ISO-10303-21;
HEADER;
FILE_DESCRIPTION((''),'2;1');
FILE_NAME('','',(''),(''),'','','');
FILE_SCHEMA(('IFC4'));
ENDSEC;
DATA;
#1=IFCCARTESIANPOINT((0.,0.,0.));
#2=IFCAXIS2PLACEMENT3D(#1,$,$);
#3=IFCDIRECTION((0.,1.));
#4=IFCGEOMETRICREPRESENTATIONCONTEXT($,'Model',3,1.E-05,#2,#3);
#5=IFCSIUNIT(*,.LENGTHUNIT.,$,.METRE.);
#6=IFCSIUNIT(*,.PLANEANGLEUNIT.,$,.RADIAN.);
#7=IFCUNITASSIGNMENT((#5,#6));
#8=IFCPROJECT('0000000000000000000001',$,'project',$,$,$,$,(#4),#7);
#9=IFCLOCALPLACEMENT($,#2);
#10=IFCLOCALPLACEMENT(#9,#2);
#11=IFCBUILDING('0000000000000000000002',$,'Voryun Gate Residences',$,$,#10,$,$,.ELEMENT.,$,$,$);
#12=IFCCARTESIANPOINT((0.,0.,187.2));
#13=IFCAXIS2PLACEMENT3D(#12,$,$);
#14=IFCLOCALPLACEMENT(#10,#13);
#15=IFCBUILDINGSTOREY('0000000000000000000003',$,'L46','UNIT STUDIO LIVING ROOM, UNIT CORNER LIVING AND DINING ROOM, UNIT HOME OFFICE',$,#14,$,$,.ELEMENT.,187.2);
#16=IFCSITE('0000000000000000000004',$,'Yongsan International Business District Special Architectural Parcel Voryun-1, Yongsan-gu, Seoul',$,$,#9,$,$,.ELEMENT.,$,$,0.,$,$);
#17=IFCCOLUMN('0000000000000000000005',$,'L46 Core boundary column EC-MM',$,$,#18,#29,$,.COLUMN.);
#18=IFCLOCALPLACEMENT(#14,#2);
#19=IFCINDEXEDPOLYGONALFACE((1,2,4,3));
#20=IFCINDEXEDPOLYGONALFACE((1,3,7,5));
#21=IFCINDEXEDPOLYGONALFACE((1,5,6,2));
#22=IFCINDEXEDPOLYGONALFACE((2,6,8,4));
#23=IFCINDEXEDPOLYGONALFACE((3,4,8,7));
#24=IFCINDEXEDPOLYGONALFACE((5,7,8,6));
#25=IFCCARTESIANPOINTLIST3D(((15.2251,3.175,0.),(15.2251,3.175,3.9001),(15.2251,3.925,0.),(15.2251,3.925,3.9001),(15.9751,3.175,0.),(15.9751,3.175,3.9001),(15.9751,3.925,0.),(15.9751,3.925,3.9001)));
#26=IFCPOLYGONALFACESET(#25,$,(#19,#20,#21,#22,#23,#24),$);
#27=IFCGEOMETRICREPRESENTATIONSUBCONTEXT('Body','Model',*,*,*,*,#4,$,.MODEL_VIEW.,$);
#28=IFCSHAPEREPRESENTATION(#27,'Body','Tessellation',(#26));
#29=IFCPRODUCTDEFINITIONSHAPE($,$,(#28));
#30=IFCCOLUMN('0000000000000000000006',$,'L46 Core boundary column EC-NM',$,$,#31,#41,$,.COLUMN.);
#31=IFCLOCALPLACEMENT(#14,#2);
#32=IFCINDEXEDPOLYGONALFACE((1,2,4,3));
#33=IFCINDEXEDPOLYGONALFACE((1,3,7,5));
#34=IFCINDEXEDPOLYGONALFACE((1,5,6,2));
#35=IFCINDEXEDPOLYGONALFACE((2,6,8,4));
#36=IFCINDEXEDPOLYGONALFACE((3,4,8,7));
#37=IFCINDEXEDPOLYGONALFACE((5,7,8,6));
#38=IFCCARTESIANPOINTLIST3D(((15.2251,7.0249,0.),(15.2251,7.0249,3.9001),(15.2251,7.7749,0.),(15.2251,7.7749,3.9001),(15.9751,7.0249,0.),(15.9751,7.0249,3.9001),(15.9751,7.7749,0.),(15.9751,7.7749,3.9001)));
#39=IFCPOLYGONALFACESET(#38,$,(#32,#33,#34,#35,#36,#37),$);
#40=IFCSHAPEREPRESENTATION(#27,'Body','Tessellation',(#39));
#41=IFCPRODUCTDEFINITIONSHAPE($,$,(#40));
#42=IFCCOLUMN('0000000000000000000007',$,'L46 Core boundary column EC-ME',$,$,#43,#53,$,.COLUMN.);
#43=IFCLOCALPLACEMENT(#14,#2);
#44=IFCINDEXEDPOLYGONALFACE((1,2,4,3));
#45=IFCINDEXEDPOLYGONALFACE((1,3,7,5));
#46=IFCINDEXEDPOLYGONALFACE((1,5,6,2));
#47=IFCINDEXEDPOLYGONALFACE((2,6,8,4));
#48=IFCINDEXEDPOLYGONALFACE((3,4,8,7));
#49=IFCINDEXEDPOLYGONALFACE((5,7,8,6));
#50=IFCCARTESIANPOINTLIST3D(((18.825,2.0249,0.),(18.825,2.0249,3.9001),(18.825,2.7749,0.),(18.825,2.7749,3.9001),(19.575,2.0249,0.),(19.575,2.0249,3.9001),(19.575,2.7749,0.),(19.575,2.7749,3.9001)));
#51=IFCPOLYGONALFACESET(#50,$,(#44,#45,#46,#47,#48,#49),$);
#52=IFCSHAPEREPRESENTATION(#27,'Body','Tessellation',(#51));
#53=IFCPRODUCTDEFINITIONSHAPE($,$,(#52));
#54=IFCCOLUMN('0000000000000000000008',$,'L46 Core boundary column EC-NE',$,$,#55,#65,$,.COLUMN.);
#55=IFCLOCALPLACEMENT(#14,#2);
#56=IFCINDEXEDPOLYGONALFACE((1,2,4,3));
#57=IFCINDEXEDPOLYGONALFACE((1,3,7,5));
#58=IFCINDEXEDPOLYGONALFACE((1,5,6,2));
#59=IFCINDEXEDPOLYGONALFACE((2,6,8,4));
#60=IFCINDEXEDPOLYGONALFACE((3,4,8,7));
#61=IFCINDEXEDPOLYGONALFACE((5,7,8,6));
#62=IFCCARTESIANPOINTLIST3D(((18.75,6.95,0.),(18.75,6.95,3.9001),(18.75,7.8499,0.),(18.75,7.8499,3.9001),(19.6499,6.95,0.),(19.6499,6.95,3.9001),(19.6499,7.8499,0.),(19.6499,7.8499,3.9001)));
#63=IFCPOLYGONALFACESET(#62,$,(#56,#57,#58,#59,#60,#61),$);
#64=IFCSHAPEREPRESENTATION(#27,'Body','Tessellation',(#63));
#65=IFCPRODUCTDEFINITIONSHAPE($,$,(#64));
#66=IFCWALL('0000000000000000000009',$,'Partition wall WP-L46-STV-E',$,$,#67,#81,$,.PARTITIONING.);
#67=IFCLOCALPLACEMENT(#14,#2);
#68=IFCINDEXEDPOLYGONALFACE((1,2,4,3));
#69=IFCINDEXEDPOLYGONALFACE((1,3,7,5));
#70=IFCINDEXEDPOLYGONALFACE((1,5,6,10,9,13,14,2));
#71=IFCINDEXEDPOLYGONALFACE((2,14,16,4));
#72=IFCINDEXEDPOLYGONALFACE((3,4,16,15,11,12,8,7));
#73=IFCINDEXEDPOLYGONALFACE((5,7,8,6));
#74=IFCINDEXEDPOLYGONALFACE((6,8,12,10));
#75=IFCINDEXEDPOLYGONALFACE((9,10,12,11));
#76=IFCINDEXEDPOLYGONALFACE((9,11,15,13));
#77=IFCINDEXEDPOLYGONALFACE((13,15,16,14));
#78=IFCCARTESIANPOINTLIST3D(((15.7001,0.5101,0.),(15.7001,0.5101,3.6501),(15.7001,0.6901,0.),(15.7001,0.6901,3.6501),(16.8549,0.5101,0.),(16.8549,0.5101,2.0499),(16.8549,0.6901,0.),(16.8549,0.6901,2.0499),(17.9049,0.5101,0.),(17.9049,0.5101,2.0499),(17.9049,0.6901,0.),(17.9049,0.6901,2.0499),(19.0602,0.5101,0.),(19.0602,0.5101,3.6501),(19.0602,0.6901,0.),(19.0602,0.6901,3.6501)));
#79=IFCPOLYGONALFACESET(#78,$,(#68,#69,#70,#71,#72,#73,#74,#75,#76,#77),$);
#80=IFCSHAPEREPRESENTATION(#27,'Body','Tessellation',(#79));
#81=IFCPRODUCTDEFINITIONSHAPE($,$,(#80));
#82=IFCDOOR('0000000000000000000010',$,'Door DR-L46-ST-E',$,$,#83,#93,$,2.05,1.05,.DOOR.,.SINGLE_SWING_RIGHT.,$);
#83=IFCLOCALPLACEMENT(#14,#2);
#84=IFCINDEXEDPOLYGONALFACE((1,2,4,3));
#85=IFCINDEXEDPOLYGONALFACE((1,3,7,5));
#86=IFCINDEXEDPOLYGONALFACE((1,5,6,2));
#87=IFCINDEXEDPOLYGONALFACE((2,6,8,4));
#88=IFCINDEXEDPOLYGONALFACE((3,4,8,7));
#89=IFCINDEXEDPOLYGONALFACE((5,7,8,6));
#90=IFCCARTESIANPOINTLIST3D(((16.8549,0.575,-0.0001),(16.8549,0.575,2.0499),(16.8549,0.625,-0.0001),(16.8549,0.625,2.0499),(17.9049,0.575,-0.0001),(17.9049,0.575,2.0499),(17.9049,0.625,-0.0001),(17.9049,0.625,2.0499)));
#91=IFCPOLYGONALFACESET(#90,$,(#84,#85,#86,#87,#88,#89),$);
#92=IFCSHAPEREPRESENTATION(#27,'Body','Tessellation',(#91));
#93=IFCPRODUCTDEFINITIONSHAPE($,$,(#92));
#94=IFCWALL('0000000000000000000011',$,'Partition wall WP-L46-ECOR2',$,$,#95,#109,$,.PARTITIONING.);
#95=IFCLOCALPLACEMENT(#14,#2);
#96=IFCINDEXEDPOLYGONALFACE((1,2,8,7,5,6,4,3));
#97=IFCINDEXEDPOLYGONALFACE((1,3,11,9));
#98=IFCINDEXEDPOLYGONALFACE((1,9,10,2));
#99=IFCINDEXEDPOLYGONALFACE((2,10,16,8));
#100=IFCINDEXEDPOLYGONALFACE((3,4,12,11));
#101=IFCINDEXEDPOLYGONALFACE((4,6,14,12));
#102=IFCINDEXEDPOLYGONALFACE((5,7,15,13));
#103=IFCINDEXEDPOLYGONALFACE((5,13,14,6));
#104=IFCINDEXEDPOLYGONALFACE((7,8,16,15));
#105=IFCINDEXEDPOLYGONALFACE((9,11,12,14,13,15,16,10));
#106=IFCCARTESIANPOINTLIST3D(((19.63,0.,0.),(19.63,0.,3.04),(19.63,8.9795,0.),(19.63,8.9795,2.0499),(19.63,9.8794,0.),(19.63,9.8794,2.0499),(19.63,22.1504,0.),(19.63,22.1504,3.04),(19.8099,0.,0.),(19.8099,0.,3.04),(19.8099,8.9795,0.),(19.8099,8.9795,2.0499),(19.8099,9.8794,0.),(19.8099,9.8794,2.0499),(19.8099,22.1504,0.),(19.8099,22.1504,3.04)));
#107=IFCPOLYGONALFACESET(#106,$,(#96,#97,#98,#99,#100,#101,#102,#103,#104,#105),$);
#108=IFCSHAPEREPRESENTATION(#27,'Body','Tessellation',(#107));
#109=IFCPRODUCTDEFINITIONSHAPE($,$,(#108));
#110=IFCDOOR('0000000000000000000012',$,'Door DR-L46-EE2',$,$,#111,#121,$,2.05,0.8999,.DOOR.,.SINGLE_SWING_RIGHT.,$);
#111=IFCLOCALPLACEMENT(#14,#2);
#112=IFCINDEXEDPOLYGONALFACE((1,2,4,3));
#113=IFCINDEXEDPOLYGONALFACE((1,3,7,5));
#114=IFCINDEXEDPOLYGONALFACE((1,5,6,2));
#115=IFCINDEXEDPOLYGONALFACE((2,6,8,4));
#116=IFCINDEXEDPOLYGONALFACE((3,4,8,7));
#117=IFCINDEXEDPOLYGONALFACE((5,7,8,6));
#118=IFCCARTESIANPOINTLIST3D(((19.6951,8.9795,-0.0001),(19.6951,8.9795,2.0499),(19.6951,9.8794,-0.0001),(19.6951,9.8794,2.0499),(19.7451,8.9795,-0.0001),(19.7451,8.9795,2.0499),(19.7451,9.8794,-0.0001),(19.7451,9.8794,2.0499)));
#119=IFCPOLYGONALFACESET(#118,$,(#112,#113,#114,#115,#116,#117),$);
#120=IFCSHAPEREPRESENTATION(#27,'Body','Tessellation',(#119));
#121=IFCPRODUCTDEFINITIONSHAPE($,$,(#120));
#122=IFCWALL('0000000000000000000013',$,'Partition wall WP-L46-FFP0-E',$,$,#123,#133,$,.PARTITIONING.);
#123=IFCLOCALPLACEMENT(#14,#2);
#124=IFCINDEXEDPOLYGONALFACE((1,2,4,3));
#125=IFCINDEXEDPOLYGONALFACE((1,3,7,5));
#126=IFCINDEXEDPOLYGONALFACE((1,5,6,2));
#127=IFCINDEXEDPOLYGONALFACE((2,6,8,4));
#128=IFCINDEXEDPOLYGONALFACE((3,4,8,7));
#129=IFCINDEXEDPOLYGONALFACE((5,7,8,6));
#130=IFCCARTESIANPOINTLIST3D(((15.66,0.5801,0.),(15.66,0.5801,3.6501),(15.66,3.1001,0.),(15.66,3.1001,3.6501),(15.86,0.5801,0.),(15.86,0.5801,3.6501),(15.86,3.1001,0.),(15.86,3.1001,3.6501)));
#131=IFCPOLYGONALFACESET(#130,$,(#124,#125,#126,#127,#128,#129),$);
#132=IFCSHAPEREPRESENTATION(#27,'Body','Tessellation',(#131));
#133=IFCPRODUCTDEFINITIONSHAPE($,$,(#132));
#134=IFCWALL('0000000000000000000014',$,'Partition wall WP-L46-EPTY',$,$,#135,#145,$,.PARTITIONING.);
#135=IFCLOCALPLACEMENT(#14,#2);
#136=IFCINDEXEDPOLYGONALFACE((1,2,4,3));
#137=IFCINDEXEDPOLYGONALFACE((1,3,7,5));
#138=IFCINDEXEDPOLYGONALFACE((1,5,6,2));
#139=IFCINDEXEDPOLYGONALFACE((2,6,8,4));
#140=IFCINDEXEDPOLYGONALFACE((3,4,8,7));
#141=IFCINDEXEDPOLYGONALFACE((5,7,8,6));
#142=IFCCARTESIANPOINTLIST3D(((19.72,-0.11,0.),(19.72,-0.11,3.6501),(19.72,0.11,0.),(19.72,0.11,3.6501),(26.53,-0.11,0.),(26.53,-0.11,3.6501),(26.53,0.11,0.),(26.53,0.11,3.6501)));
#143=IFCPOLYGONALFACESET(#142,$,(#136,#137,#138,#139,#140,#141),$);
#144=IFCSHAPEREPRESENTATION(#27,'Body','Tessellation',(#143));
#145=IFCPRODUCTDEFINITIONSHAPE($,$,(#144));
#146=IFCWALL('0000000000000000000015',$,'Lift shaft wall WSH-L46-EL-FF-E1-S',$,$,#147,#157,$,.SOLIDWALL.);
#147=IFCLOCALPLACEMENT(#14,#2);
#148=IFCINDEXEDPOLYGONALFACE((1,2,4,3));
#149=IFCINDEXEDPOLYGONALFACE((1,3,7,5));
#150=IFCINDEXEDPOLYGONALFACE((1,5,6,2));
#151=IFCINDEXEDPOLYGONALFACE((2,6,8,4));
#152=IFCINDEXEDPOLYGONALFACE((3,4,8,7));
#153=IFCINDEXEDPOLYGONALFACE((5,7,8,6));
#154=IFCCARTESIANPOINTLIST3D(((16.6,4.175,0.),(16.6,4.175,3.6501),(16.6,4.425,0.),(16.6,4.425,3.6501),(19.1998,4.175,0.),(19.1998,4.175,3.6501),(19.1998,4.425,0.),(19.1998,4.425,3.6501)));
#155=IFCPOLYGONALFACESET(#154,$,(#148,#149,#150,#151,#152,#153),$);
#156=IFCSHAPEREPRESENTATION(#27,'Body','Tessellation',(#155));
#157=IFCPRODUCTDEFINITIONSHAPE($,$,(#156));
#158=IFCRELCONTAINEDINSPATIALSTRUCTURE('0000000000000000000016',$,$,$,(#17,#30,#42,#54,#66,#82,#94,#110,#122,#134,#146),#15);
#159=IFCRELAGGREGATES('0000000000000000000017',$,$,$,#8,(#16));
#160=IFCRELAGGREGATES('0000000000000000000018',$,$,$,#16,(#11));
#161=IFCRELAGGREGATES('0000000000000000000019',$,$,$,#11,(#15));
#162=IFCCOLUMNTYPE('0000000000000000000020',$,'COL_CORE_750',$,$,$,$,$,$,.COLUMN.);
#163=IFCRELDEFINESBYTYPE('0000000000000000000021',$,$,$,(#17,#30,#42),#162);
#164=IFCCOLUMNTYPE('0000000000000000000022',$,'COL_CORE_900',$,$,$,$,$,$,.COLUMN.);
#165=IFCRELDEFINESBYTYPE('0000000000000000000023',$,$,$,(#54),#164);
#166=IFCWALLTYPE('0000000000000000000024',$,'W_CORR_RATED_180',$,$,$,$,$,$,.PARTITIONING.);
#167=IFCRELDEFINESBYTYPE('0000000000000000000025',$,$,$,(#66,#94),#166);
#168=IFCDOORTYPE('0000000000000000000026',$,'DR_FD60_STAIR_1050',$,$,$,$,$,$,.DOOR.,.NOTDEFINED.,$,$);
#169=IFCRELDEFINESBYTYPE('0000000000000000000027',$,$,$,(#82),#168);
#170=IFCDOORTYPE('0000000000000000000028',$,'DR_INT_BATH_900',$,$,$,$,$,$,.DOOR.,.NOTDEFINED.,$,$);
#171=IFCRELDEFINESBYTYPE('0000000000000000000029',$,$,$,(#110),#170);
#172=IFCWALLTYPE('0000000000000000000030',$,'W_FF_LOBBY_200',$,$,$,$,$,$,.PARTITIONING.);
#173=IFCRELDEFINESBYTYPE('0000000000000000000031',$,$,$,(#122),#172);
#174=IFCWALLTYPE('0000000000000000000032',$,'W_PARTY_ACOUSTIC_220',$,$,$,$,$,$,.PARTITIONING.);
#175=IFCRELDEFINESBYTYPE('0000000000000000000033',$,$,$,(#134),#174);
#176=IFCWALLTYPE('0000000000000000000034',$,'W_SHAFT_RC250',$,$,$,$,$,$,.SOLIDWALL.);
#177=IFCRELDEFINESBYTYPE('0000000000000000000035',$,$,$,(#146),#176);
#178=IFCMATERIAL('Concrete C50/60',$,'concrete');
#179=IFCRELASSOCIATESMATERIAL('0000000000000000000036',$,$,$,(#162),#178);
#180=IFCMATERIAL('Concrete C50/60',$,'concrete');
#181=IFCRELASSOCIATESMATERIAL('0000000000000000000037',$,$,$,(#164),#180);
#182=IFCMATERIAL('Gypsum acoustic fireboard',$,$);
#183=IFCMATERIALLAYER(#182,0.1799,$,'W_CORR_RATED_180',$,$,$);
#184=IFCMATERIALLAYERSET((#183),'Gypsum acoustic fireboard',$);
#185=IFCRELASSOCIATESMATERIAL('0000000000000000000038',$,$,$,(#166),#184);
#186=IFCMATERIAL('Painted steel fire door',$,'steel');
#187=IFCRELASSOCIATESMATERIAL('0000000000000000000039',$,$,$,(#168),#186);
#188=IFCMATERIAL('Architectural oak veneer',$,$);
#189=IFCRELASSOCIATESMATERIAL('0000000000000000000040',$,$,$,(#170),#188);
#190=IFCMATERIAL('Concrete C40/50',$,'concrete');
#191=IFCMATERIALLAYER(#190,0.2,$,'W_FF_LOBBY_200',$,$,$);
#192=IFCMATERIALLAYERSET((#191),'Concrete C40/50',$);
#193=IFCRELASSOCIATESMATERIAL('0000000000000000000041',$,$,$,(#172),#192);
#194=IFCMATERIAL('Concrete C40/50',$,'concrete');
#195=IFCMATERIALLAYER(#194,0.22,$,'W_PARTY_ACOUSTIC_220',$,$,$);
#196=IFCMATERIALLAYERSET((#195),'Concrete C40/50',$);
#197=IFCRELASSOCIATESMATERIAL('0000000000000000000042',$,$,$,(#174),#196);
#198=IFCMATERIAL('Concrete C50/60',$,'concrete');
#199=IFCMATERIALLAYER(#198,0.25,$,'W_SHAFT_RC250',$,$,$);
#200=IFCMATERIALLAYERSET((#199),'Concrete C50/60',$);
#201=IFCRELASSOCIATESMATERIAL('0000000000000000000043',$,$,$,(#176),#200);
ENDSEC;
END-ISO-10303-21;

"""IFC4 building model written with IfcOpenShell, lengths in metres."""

from ifc_helpers import new_model, si_unit, direction, frame, frame_2d, origin, origin_2d, place, context, subcontext, project, spatial, rectangle, extrude, material, layer, layer_set, material_profile, profile_set, type_object, element, fill, save


model = new_model("IFC4")

# Units and contexts
model_context = context("Model", 3, precision=1e-05, world=origin(), true_north=direction((0.0, 1.0)))
body_context = subcontext(model_context, "Body", "Model", "MODEL_VIEW")
ifc_project = project(units=[si_unit("LENGTHUNIT", "METRE"), si_unit("PLANEANGLEUNIT", "RADIAN")], contexts=[model_context])

# Site, building, storey
site_placement = place(None, origin())
site = spatial("IfcSite", under=ifc_project, at=site_placement, Name="Yongsan International Business District Special Architectural Parcel Voryun-1, Yongsan-gu, Seoul", CompositionType="ELEMENT", RefElevation=0.0)
building_placement = place(site_placement, origin())
building = spatial("IfcBuilding", under=site, at=building_placement, Name="Voryun Gate Residences", CompositionType="ELEMENT")
storey_placement = place(building_placement, frame((0.0, 0.0, 187.2)))
storey = spatial("IfcBuildingStorey", under=building, at=storey_placement, Name="L46", Description="UNIT STUDIO LIVING ROOM, UNIT CORNER LIVING AND DINING ROOM, UNIT HOME OFFICE", CompositionType="ELEMENT", Elevation=187.2)

# Columns
ifc_material_1 = material(Name="Concrete C50/60", Category="concrete")
ifc_material_profile_1 = material_profile(ifc_material_1, rectangle(XDim=0.75, YDim=0.75, at=origin_2d()), Name="RC-750x750")
ifc_profile_set_1 = profile_set([ifc_material_profile_1], Name="Concrete C50/60")
column_type_1 = type_object("IfcColumnType", Name="COL_CORE_750", PredefinedType="COLUMN", material=ifc_profile_set_1)
for number, where, z_axis, x_axis, name in (
    (1, (15.6001, 3.55, 0.0), (0.0, 0.0, 1.0), (1.0, 0.0, 0.0), "L46 Core boundary column EC-MM"),
    (2, (15.6001, 7.3999, 0.0), (0.0, 0.0, 1.0), (1.0, 0.0, 0.0), "L46 Core boundary column EC-NM"),
    (3, (19.2, 2.3999, 0.0), (0.0, 0.0, 1.0), (1.0, 0.0, 0.0), "L46 Core boundary column EC-ME"),
):
    element("IfcColumn", number, at=place(storey_placement, frame(where, z_axis=z_axis, x_axis=x_axis)), inside=storey, type_object=column_type_1, Name=name, PredefinedType="COLUMN", context=body_context, shape_type="SweptSolid", body=[
        extrude(rectangle(XDim=0.75, YDim=0.75, at=origin_2d()), origin(), (0.0, 0.0, 1.0), 3.9001),
    ])
ifc_material_2 = material(Name="Concrete C50/60", Category="concrete")
ifc_material_profile_2 = material_profile(ifc_material_2, rectangle(XDim=0.8999, YDim=0.8999, at=origin_2d()), Name="RC-900x900")
ifc_profile_set_2 = profile_set([ifc_material_profile_2], Name="Concrete C50/60")
column_type_2 = type_object("IfcColumnType", Name="COL_CORE_900", PredefinedType="COLUMN", material=ifc_profile_set_2)
column_placement = place(storey_placement, frame((19.2, 7.3999, 0.0), z_axis=(0.0, 0.0, 1.0), x_axis=(1.0, 0.0, 0.0)))
element("IfcColumn", 4, at=column_placement, inside=storey, type_object=column_type_2, Name="L46 Core boundary column EC-NE", PredefinedType="COLUMN", context=body_context, shape_type="SweptSolid", body=[
    extrude(rectangle(XDim=0.8999, YDim=0.8999, at=origin_2d()), origin(), (0.0, 0.0, 1.0), 3.9001),
])

# Walls, openings, doors
ifc_material_3 = material(Name="Gypsum acoustic fireboard")
ifc_layer_1 = layer(ifc_material_3, 0.1799, Name="W_CORR_RATED_180")
ifc_layer_set_1 = layer_set([ifc_layer_1], Name="Gypsum acoustic fireboard")
wall_type_1 = type_object("IfcWallType", Name="W_CORR_RATED_180", PredefinedType="PARTITIONING", material=ifc_layer_set_1)
wall_1_placement = place(storey_placement, frame((15.7, 0.6001, 0.0), z_axis=(0.0, 0.0, 1.0), x_axis=(1.0, 0.0, 0.0)))
wall_1 = element("IfcWall", 5, at=wall_1_placement, inside=storey, type_object=wall_type_1, Name="Partition wall WP-L46-STV-E", PredefinedType="PARTITIONING", context=body_context, shape_type="SweptSolid", body=[
    extrude(rectangle(XDim=3.3601, YDim=0.1799, at=frame_2d((1.6802, 0.0))), origin(), (0.0, 0.0, 1.0), 3.6501),
])
opening_1_placement = place(wall_1_placement, frame((1.155, 0.0, 0.0)))
opening_1 = element("IfcOpeningElement", 6, at=opening_1_placement, cuts=wall_1, PredefinedType="OPENING", context=body_context, shape_type="SweptSolid", body=[
    extrude(rectangle(XDim=1.05, YDim=2.05, at=frame_2d((0.5249, 1.0249))), frame((0.0, 0.0999, 0.0), z_axis=(0.0, -1.0, 0.0), x_axis=(1.0, 0.0, 0.0)), (0.0, 0.0, 1.0), 0.2),
])
ifc_material_4 = material(Name="Painted steel fire door", Category="steel")
door_type_1 = type_object("IfcDoorType", Name="DR_FD60_STAIR_1050", OperationType="NOTDEFINED", PredefinedType="DOOR", material=ifc_material_4)
door_1_placement = place(opening_1_placement, origin())
door_1 = element("IfcDoor", 7, at=door_1_placement, inside=storey, type_object=door_type_1, Name="Door DR-L46-ST-E", OperationType="SINGLE_SWING_RIGHT", OverallHeight=2.05, OverallWidth=1.05, PredefinedType="DOOR", context=body_context, shape_type="SweptSolid", body=[
    extrude(rectangle(XDim=1.05, YDim=2.05, at=frame_2d((0.5249, 1.0249))), frame((0.0, 0.0249, 0.0), z_axis=(0.0, -1.0, 0.0), x_axis=(1.0, 0.0, 0.0)), (0.0, 0.0, 1.0), 0.05),
])
fill(opening_1, door_1)
wall_2_placement = place(storey_placement, frame((19.72, 0.0, 0.0), z_axis=(0.0, 0.0, 1.0), x_axis=(0.0, 1.0, 0.0)))
wall_2 = element("IfcWall", 8, at=wall_2_placement, inside=storey, type_object=wall_type_1, Name="Partition wall WP-L46-ECOR2", PredefinedType="PARTITIONING", context=body_context, shape_type="SweptSolid", body=[
    extrude(rectangle(XDim=22.1504, YDim=0.1799, at=frame_2d((11.0752, 0.0))), origin(), (0.0, 0.0, 1.0), 3.04),
])
opening_2_placement = place(wall_2_placement, frame((8.9795, 0.0, 0.0)))
opening_2 = element("IfcOpeningElement", 9, at=opening_2_placement, cuts=wall_2, PredefinedType="OPENING", context=body_context, shape_type="SweptSolid", body=[
    extrude(rectangle(XDim=0.8999, YDim=2.05, at=frame_2d((0.45, 1.0249))), frame((0.0, 0.0999, 0.0), z_axis=(0.0, -1.0, 0.0), x_axis=(1.0, 0.0, 0.0)), (0.0, 0.0, 1.0), 0.2),
])
ifc_material_5 = material(Name="Architectural oak veneer")
door_type_2 = type_object("IfcDoorType", Name="DR_INT_BATH_900", OperationType="NOTDEFINED", PredefinedType="DOOR", material=ifc_material_5)
door_2_placement = place(opening_2_placement, origin())
door_2 = element("IfcDoor", 10, at=door_2_placement, inside=storey, type_object=door_type_2, Name="Door DR-L46-EE2", OperationType="SINGLE_SWING_RIGHT", OverallHeight=2.05, OverallWidth=0.8999, PredefinedType="DOOR", context=body_context, shape_type="SweptSolid", body=[
    extrude(rectangle(XDim=0.8999, YDim=2.05, at=frame_2d((0.45, 1.0249))), frame((0.0, 0.0249, 0.0), z_axis=(0.0, -1.0, 0.0), x_axis=(1.0, 0.0, 0.0)), (0.0, 0.0, 1.0), 0.05),
])
fill(opening_2, door_2)

# Walls
ifc_material_6 = material(Name="Concrete C40/50", Category="concrete")
ifc_layer_2 = layer(ifc_material_6, 0.2, Name="W_FF_LOBBY_200")
ifc_layer_set_2 = layer_set([ifc_layer_2], Name="Concrete C40/50")
wall_type_2 = type_object("IfcWallType", Name="W_FF_LOBBY_200", PredefinedType="PARTITIONING", material=ifc_layer_set_2)
wall_3_placement = place(storey_placement, frame((15.76, 0.5801, 0.0), z_axis=(0.0, 0.0, 1.0), x_axis=(0.0, 1.0, 0.0)))
element("IfcWall", 11, at=wall_3_placement, inside=storey, type_object=wall_type_2, Name="Partition wall WP-L46-FFP0-E", PredefinedType="PARTITIONING", context=body_context, shape_type="SweptSolid", body=[
    extrude(rectangle(XDim=2.52, YDim=0.2, at=frame_2d((1.26, 0.0))), origin(), (0.0, 0.0, 1.0), 3.6501),
])
ifc_material_7 = material(Name="Concrete C40/50", Category="concrete")
ifc_layer_3 = layer(ifc_material_7, 0.22, Name="W_PARTY_ACOUSTIC_220")
ifc_layer_set_3 = layer_set([ifc_layer_3], Name="Concrete C40/50")
wall_type_3 = type_object("IfcWallType", Name="W_PARTY_ACOUSTIC_220", PredefinedType="PARTITIONING", material=ifc_layer_set_3)
wall_4_placement = place(storey_placement, frame((19.72, 0.0, 0.0), z_axis=(0.0, 0.0, 1.0), x_axis=(1.0, 0.0, 0.0)))
element("IfcWall", 12, at=wall_4_placement, inside=storey, type_object=wall_type_3, Name="Partition wall WP-L46-EPTY", PredefinedType="PARTITIONING", context=body_context, shape_type="SweptSolid", body=[
    extrude(rectangle(XDim=6.8101, YDim=0.22, at=frame_2d((3.405, 0.0))), origin(), (0.0, 0.0, 1.0), 3.6501),
])
ifc_material_8 = material(Name="Concrete C50/60", Category="concrete")
ifc_layer_4 = layer(ifc_material_8, 0.25, Name="W_SHAFT_RC250")
ifc_layer_set_4 = layer_set([ifc_layer_4], Name="Concrete C50/60")
wall_type_4 = type_object("IfcWallType", Name="W_SHAFT_RC250", PredefinedType="SOLIDWALL", material=ifc_layer_set_4)
wall_5_placement = place(storey_placement, frame((16.6001, 4.3, 0.0), z_axis=(0.0, 0.0, 1.0), x_axis=(1.0, 0.0, 0.0)))
element("IfcWall", 13, at=wall_5_placement, inside=storey, type_object=wall_type_4, Name="Lift shaft wall WSH-L46-EL-FF-E1-S", PredefinedType="SOLIDWALL", context=body_context, shape_type="SweptSolid", body=[
    extrude(rectangle(XDim=2.5999, YDim=0.25, at=frame_2d((1.2998, 0.0))), origin(), (0.0, 0.0, 1.0), 3.6501),
])

save(model, "model.ifc")
